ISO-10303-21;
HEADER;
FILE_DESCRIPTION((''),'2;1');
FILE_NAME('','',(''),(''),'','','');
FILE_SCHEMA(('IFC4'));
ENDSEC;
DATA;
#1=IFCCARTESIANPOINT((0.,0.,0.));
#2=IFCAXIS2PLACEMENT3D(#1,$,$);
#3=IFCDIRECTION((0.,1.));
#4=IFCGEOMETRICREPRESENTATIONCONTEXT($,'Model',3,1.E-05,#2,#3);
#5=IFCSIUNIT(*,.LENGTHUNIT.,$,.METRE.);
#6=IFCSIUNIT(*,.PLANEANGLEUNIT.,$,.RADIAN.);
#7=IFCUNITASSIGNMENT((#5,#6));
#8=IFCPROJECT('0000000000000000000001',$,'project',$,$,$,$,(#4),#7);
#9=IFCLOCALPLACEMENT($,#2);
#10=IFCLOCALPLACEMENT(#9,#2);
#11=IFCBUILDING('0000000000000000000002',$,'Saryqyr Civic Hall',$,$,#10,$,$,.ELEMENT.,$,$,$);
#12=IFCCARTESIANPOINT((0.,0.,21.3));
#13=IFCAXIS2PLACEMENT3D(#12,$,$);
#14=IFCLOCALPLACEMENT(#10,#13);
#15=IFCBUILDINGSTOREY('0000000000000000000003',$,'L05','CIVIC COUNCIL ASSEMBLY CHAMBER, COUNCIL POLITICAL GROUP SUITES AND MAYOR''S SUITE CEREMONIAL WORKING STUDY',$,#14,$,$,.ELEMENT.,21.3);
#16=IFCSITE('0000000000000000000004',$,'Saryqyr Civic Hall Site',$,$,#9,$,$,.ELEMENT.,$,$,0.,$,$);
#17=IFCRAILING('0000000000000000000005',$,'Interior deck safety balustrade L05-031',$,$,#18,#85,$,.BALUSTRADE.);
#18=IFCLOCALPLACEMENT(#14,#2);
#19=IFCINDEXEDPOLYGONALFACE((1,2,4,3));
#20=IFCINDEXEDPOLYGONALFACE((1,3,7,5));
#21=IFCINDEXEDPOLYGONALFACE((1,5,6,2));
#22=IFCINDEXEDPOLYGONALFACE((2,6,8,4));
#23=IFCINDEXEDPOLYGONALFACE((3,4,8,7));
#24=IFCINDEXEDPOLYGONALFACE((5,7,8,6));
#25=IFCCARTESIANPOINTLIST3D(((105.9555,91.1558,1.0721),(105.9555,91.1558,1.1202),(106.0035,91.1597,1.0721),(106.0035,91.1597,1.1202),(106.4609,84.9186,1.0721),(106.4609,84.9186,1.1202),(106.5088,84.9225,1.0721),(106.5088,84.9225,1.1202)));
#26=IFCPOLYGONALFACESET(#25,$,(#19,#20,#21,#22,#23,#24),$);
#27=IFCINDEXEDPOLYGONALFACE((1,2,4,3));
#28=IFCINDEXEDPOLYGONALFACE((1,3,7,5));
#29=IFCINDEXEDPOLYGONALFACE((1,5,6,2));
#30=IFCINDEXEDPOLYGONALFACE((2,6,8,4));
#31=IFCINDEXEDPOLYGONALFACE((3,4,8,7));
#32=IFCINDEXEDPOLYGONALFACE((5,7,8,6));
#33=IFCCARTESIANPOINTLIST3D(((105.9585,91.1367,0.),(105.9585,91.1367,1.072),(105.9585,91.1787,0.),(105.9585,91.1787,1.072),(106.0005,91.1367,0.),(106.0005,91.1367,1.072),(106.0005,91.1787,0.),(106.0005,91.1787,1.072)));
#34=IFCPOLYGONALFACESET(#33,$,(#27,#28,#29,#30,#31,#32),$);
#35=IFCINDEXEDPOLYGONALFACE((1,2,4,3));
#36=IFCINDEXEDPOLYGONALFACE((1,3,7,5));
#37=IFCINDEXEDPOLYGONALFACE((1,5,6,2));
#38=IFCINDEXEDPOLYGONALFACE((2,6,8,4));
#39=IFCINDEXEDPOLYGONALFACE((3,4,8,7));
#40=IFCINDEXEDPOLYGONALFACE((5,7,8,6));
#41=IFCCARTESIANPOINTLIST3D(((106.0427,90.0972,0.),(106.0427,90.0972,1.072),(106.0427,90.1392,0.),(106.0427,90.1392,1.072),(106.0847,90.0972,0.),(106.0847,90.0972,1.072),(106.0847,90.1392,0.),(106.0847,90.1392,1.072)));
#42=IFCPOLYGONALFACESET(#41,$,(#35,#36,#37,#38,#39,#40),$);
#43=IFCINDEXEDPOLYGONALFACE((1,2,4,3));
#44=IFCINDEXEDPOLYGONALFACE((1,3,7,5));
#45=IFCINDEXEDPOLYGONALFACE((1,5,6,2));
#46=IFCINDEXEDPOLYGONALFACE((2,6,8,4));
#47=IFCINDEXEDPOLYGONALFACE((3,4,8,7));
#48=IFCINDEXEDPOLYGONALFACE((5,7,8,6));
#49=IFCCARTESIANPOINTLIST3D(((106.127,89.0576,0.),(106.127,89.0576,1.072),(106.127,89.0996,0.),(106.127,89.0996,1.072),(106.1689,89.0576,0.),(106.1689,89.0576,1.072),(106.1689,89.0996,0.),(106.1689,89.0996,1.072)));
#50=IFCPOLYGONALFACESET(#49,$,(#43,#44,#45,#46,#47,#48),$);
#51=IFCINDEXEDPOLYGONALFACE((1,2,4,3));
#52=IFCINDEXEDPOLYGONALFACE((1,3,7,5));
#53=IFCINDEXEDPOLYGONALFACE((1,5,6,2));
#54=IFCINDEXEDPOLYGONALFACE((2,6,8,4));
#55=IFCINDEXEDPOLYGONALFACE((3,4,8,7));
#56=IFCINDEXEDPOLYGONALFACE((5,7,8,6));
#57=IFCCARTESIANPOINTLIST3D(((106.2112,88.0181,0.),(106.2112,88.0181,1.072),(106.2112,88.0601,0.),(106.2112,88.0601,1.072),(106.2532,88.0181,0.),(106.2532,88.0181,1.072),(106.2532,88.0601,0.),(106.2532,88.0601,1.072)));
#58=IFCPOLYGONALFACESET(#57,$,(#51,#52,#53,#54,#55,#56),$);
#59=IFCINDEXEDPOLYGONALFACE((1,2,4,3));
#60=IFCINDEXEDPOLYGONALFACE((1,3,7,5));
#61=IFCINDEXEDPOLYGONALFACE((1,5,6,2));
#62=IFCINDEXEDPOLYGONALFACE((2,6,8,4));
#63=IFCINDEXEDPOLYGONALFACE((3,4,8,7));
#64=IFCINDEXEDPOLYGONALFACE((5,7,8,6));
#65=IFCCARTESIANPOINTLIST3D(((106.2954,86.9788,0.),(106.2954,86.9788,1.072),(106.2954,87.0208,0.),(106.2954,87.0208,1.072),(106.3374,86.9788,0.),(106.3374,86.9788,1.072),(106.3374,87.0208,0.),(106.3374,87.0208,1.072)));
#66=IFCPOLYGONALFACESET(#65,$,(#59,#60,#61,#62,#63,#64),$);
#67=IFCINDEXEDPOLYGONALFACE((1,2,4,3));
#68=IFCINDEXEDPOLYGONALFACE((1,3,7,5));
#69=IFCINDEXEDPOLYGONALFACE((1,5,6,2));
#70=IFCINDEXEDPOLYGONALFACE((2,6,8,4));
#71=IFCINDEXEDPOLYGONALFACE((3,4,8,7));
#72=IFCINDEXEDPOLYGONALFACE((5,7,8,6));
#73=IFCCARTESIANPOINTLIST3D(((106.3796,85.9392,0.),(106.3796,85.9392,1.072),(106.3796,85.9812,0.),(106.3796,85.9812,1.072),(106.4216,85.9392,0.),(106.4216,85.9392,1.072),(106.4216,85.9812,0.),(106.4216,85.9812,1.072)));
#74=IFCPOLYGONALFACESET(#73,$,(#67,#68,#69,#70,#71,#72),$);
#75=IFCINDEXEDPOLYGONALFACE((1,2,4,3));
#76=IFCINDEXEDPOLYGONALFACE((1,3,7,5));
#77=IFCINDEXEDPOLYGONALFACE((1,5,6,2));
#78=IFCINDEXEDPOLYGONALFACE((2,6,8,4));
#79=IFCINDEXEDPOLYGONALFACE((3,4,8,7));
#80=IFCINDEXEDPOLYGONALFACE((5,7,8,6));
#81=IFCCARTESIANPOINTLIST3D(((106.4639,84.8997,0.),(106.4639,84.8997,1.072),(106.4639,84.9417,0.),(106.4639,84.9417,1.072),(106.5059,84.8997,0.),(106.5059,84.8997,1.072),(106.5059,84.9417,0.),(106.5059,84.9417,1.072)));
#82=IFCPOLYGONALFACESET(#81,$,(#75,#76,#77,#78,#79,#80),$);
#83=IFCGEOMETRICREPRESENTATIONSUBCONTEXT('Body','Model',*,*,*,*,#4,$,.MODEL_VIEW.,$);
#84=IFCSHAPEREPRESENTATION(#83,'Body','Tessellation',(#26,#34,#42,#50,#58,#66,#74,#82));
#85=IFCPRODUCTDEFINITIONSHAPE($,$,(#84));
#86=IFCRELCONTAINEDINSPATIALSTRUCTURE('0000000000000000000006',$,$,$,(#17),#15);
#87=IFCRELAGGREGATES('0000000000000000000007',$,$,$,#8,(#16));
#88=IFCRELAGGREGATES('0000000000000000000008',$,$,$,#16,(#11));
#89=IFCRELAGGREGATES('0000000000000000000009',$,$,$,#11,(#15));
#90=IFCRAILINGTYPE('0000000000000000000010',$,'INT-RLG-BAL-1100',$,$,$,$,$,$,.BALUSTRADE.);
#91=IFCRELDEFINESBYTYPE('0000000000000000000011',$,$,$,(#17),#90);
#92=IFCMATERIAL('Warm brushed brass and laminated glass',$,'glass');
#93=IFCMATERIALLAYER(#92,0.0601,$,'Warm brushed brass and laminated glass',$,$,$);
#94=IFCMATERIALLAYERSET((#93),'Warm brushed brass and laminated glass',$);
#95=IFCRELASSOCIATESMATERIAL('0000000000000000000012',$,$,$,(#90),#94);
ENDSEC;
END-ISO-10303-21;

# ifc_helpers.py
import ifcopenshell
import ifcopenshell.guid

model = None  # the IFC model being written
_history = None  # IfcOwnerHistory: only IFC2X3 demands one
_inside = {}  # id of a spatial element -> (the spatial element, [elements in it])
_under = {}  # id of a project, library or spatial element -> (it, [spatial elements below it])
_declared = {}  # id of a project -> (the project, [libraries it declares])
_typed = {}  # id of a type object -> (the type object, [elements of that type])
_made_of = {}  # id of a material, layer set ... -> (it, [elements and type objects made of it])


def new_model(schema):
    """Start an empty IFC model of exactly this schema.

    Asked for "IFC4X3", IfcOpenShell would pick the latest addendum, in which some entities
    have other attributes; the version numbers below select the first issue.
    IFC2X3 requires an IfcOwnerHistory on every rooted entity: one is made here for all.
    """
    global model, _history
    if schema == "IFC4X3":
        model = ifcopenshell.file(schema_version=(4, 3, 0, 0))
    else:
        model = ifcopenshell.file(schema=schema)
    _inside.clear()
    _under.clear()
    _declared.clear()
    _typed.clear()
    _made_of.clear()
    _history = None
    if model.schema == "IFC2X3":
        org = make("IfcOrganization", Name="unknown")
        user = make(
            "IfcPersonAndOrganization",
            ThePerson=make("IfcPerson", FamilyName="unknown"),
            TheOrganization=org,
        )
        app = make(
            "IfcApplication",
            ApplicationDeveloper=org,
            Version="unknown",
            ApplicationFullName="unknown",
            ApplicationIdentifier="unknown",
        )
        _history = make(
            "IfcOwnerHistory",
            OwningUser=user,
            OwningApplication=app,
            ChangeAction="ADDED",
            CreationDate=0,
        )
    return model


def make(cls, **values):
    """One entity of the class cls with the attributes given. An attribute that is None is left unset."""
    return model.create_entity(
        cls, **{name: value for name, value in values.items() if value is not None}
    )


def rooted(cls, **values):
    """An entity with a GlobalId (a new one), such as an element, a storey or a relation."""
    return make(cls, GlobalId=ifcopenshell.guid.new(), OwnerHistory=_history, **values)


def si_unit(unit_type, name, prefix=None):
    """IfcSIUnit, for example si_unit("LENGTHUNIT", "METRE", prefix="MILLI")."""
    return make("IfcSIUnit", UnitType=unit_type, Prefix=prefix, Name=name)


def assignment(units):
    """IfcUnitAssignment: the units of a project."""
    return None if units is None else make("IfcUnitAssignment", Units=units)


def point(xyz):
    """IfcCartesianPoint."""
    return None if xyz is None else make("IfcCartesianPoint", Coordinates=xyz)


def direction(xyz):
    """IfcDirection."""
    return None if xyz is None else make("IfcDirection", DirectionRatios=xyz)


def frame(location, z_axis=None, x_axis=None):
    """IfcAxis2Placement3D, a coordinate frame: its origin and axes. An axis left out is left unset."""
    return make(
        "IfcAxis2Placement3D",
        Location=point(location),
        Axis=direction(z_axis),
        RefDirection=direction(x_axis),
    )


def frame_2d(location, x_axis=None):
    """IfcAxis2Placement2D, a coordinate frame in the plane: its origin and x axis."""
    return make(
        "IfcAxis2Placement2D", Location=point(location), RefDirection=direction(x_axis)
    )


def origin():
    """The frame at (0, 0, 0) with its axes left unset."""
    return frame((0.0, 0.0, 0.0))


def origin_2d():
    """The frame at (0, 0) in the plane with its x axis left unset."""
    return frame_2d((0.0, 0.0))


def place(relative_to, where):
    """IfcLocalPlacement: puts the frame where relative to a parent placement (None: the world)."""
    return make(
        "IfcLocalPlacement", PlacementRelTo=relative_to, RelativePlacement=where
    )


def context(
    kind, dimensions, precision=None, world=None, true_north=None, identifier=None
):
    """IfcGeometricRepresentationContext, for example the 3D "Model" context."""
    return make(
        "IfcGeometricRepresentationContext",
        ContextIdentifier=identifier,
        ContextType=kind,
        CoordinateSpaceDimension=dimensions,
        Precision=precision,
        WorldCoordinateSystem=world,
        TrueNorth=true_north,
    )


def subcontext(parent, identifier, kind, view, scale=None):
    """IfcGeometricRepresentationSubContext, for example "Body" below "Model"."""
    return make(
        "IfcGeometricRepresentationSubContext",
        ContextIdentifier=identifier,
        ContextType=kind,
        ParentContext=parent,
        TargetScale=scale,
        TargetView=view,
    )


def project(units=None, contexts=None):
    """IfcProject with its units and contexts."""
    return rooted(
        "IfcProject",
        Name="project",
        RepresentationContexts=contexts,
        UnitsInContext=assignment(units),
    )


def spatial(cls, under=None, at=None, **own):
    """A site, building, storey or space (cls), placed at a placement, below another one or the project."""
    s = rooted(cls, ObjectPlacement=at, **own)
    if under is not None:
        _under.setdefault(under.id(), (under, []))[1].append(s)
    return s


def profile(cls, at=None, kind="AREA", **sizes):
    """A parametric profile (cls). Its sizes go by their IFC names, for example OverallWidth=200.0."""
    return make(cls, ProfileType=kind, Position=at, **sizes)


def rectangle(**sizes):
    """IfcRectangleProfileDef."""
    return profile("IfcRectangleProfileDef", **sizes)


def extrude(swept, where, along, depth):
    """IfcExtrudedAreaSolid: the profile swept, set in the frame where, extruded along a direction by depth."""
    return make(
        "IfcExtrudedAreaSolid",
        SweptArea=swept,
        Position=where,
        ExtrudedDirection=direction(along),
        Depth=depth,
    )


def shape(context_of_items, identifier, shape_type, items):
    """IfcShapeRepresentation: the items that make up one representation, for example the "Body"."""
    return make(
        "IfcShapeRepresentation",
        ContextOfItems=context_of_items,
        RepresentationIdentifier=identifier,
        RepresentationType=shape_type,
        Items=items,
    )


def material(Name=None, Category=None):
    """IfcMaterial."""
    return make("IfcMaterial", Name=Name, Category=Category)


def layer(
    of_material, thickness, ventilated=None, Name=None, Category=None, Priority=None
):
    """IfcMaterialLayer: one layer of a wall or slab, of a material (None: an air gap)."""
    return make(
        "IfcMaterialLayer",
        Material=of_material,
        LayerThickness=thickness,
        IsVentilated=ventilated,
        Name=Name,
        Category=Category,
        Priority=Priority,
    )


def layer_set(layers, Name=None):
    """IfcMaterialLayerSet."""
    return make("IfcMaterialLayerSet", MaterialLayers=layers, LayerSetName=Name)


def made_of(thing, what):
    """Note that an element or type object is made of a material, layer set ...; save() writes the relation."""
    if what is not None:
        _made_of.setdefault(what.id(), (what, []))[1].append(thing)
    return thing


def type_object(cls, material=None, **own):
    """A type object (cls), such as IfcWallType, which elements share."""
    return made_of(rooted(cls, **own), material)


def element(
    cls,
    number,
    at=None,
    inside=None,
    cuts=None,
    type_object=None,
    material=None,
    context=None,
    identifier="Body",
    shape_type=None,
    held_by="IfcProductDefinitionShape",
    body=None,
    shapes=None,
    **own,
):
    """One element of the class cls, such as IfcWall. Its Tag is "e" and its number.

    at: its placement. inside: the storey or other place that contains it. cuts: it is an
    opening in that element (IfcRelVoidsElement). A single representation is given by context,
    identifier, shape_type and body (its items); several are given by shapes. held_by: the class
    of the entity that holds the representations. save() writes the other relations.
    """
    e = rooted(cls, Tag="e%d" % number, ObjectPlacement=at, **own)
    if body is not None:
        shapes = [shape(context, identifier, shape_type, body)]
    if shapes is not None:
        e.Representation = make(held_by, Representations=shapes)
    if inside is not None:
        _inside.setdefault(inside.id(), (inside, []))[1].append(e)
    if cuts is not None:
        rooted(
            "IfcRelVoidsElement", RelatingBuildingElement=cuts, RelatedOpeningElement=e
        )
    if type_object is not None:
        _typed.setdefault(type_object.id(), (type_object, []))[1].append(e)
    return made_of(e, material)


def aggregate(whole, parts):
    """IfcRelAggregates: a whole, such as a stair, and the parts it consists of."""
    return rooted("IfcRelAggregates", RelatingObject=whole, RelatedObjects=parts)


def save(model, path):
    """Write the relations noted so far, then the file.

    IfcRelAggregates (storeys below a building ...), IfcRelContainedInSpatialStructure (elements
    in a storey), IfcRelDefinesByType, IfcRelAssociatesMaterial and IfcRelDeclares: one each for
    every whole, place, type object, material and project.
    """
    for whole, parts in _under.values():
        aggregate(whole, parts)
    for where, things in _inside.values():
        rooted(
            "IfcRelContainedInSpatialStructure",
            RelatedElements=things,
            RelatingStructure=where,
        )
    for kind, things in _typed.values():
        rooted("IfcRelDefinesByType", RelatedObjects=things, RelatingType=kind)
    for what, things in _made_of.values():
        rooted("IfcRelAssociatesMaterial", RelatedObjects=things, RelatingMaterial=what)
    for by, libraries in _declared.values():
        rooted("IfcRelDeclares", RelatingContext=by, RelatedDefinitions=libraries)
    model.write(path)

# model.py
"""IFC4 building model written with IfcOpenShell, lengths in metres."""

from ifc_helpers import new_model, si_unit, direction, frame, origin, origin_2d, place, context, subcontext, project, spatial, rectangle, extrude, material, layer, layer_set, type_object, element, save


model = new_model("IFC4")

# Units and contexts
model_context = context("Model", 3, precision=1e-05, world=origin(), true_north=direction((0.0, 1.0)))
body_context = subcontext(model_context, "Body", "Model", "MODEL_VIEW")
ifc_project = project(units=[si_unit("LENGTHUNIT", "METRE"), si_unit("PLANEANGLEUNIT", "RADIAN")], contexts=[model_context])

# Site, building, storey
site_placement = place(None, origin())
site = spatial("IfcSite", under=ifc_project, at=site_placement, Name="Saryqyr Civic Hall Site", CompositionType="ELEMENT", RefElevation=0.0)
building_placement = place(site_placement, origin())
building = spatial("IfcBuilding", under=site, at=building_placement, Name="Saryqyr Civic Hall", CompositionType="ELEMENT")
storey_placement = place(building_placement, frame((0.0, 0.0, 21.3)))
storey = spatial("IfcBuildingStorey", under=building, at=storey_placement, Name="L05", Description="CIVIC COUNCIL ASSEMBLY CHAMBER, COUNCIL POLITICAL GROUP SUITES AND MAYOR'S SUITE CEREMONIAL WORKING STUDY", CompositionType="ELEMENT", Elevation=21.3)

# Railing
ifc_material_1 = material(Name="Warm brushed brass and laminated glass", Category="glass")
ifc_layer_1 = layer(ifc_material_1, 0.0601, Name="Warm brushed brass and laminated glass")
ifc_layer_set_1 = layer_set([ifc_layer_1], Name="Warm brushed brass and laminated glass")
railing_type = type_object("IfcRailingType", Name="INT-RLG-BAL-1100", PredefinedType="BALUSTRADE", material=ifc_layer_set_1)
railing_1_placement = place(storey_placement, frame((105.9795, 91.1577, 0.0)))
element("IfcRailing", 1, at=railing_1_placement, inside=storey, type_object=railing_type, Name="Interior deck safety balustrade L05-031", PredefinedType="BALUSTRADE", context=body_context, shape_type="SweptSolid", body=[
    extrude(rectangle(XDim=0.0481, YDim=0.0481, at=origin_2d()), frame((0.0, 0.0, 1.0962), z_axis=(0.080762, -0.996733, 0.0), x_axis=(0.996733, 0.080762, 0.0)), (0.0, 0.0, 1.0), 6.2576),
    extrude(rectangle(XDim=0.042, YDim=0.042, at=origin_2d()), origin(), (0.0, 0.0, 1.0), 1.072),
    extrude(rectangle(XDim=0.042, YDim=0.042, at=origin_2d()), frame((0.0842, -1.0396, 0.0)), (0.0, 0.0, 1.0), 1.072),
    extrude(rectangle(XDim=0.042, YDim=0.042, at=origin_2d()), frame((0.1685, -2.0791, 0.0)), (0.0, 0.0, 1.0), 1.072),
    extrude(rectangle(XDim=0.042, YDim=0.042, at=origin_2d()), frame((0.2527, -3.1187, 0.0)), (0.0, 0.0, 1.0), 1.072),
    extrude(rectangle(XDim=0.042, YDim=0.042, at=origin_2d()), frame((0.3369, -4.158, 0.0)), (0.0, 0.0, 1.0), 1.072),
    extrude(rectangle(XDim=0.042, YDim=0.042, at=origin_2d()), frame((0.4211, -5.1975, 0.0)), (0.0, 0.0, 1.0), 1.072),
    extrude(rectangle(XDim=0.042, YDim=0.042, at=origin_2d()), frame((0.5054, -6.2371, 0.0)), (0.0, 0.0, 1.0), 1.072),
])

save(model, "model.ifc")
